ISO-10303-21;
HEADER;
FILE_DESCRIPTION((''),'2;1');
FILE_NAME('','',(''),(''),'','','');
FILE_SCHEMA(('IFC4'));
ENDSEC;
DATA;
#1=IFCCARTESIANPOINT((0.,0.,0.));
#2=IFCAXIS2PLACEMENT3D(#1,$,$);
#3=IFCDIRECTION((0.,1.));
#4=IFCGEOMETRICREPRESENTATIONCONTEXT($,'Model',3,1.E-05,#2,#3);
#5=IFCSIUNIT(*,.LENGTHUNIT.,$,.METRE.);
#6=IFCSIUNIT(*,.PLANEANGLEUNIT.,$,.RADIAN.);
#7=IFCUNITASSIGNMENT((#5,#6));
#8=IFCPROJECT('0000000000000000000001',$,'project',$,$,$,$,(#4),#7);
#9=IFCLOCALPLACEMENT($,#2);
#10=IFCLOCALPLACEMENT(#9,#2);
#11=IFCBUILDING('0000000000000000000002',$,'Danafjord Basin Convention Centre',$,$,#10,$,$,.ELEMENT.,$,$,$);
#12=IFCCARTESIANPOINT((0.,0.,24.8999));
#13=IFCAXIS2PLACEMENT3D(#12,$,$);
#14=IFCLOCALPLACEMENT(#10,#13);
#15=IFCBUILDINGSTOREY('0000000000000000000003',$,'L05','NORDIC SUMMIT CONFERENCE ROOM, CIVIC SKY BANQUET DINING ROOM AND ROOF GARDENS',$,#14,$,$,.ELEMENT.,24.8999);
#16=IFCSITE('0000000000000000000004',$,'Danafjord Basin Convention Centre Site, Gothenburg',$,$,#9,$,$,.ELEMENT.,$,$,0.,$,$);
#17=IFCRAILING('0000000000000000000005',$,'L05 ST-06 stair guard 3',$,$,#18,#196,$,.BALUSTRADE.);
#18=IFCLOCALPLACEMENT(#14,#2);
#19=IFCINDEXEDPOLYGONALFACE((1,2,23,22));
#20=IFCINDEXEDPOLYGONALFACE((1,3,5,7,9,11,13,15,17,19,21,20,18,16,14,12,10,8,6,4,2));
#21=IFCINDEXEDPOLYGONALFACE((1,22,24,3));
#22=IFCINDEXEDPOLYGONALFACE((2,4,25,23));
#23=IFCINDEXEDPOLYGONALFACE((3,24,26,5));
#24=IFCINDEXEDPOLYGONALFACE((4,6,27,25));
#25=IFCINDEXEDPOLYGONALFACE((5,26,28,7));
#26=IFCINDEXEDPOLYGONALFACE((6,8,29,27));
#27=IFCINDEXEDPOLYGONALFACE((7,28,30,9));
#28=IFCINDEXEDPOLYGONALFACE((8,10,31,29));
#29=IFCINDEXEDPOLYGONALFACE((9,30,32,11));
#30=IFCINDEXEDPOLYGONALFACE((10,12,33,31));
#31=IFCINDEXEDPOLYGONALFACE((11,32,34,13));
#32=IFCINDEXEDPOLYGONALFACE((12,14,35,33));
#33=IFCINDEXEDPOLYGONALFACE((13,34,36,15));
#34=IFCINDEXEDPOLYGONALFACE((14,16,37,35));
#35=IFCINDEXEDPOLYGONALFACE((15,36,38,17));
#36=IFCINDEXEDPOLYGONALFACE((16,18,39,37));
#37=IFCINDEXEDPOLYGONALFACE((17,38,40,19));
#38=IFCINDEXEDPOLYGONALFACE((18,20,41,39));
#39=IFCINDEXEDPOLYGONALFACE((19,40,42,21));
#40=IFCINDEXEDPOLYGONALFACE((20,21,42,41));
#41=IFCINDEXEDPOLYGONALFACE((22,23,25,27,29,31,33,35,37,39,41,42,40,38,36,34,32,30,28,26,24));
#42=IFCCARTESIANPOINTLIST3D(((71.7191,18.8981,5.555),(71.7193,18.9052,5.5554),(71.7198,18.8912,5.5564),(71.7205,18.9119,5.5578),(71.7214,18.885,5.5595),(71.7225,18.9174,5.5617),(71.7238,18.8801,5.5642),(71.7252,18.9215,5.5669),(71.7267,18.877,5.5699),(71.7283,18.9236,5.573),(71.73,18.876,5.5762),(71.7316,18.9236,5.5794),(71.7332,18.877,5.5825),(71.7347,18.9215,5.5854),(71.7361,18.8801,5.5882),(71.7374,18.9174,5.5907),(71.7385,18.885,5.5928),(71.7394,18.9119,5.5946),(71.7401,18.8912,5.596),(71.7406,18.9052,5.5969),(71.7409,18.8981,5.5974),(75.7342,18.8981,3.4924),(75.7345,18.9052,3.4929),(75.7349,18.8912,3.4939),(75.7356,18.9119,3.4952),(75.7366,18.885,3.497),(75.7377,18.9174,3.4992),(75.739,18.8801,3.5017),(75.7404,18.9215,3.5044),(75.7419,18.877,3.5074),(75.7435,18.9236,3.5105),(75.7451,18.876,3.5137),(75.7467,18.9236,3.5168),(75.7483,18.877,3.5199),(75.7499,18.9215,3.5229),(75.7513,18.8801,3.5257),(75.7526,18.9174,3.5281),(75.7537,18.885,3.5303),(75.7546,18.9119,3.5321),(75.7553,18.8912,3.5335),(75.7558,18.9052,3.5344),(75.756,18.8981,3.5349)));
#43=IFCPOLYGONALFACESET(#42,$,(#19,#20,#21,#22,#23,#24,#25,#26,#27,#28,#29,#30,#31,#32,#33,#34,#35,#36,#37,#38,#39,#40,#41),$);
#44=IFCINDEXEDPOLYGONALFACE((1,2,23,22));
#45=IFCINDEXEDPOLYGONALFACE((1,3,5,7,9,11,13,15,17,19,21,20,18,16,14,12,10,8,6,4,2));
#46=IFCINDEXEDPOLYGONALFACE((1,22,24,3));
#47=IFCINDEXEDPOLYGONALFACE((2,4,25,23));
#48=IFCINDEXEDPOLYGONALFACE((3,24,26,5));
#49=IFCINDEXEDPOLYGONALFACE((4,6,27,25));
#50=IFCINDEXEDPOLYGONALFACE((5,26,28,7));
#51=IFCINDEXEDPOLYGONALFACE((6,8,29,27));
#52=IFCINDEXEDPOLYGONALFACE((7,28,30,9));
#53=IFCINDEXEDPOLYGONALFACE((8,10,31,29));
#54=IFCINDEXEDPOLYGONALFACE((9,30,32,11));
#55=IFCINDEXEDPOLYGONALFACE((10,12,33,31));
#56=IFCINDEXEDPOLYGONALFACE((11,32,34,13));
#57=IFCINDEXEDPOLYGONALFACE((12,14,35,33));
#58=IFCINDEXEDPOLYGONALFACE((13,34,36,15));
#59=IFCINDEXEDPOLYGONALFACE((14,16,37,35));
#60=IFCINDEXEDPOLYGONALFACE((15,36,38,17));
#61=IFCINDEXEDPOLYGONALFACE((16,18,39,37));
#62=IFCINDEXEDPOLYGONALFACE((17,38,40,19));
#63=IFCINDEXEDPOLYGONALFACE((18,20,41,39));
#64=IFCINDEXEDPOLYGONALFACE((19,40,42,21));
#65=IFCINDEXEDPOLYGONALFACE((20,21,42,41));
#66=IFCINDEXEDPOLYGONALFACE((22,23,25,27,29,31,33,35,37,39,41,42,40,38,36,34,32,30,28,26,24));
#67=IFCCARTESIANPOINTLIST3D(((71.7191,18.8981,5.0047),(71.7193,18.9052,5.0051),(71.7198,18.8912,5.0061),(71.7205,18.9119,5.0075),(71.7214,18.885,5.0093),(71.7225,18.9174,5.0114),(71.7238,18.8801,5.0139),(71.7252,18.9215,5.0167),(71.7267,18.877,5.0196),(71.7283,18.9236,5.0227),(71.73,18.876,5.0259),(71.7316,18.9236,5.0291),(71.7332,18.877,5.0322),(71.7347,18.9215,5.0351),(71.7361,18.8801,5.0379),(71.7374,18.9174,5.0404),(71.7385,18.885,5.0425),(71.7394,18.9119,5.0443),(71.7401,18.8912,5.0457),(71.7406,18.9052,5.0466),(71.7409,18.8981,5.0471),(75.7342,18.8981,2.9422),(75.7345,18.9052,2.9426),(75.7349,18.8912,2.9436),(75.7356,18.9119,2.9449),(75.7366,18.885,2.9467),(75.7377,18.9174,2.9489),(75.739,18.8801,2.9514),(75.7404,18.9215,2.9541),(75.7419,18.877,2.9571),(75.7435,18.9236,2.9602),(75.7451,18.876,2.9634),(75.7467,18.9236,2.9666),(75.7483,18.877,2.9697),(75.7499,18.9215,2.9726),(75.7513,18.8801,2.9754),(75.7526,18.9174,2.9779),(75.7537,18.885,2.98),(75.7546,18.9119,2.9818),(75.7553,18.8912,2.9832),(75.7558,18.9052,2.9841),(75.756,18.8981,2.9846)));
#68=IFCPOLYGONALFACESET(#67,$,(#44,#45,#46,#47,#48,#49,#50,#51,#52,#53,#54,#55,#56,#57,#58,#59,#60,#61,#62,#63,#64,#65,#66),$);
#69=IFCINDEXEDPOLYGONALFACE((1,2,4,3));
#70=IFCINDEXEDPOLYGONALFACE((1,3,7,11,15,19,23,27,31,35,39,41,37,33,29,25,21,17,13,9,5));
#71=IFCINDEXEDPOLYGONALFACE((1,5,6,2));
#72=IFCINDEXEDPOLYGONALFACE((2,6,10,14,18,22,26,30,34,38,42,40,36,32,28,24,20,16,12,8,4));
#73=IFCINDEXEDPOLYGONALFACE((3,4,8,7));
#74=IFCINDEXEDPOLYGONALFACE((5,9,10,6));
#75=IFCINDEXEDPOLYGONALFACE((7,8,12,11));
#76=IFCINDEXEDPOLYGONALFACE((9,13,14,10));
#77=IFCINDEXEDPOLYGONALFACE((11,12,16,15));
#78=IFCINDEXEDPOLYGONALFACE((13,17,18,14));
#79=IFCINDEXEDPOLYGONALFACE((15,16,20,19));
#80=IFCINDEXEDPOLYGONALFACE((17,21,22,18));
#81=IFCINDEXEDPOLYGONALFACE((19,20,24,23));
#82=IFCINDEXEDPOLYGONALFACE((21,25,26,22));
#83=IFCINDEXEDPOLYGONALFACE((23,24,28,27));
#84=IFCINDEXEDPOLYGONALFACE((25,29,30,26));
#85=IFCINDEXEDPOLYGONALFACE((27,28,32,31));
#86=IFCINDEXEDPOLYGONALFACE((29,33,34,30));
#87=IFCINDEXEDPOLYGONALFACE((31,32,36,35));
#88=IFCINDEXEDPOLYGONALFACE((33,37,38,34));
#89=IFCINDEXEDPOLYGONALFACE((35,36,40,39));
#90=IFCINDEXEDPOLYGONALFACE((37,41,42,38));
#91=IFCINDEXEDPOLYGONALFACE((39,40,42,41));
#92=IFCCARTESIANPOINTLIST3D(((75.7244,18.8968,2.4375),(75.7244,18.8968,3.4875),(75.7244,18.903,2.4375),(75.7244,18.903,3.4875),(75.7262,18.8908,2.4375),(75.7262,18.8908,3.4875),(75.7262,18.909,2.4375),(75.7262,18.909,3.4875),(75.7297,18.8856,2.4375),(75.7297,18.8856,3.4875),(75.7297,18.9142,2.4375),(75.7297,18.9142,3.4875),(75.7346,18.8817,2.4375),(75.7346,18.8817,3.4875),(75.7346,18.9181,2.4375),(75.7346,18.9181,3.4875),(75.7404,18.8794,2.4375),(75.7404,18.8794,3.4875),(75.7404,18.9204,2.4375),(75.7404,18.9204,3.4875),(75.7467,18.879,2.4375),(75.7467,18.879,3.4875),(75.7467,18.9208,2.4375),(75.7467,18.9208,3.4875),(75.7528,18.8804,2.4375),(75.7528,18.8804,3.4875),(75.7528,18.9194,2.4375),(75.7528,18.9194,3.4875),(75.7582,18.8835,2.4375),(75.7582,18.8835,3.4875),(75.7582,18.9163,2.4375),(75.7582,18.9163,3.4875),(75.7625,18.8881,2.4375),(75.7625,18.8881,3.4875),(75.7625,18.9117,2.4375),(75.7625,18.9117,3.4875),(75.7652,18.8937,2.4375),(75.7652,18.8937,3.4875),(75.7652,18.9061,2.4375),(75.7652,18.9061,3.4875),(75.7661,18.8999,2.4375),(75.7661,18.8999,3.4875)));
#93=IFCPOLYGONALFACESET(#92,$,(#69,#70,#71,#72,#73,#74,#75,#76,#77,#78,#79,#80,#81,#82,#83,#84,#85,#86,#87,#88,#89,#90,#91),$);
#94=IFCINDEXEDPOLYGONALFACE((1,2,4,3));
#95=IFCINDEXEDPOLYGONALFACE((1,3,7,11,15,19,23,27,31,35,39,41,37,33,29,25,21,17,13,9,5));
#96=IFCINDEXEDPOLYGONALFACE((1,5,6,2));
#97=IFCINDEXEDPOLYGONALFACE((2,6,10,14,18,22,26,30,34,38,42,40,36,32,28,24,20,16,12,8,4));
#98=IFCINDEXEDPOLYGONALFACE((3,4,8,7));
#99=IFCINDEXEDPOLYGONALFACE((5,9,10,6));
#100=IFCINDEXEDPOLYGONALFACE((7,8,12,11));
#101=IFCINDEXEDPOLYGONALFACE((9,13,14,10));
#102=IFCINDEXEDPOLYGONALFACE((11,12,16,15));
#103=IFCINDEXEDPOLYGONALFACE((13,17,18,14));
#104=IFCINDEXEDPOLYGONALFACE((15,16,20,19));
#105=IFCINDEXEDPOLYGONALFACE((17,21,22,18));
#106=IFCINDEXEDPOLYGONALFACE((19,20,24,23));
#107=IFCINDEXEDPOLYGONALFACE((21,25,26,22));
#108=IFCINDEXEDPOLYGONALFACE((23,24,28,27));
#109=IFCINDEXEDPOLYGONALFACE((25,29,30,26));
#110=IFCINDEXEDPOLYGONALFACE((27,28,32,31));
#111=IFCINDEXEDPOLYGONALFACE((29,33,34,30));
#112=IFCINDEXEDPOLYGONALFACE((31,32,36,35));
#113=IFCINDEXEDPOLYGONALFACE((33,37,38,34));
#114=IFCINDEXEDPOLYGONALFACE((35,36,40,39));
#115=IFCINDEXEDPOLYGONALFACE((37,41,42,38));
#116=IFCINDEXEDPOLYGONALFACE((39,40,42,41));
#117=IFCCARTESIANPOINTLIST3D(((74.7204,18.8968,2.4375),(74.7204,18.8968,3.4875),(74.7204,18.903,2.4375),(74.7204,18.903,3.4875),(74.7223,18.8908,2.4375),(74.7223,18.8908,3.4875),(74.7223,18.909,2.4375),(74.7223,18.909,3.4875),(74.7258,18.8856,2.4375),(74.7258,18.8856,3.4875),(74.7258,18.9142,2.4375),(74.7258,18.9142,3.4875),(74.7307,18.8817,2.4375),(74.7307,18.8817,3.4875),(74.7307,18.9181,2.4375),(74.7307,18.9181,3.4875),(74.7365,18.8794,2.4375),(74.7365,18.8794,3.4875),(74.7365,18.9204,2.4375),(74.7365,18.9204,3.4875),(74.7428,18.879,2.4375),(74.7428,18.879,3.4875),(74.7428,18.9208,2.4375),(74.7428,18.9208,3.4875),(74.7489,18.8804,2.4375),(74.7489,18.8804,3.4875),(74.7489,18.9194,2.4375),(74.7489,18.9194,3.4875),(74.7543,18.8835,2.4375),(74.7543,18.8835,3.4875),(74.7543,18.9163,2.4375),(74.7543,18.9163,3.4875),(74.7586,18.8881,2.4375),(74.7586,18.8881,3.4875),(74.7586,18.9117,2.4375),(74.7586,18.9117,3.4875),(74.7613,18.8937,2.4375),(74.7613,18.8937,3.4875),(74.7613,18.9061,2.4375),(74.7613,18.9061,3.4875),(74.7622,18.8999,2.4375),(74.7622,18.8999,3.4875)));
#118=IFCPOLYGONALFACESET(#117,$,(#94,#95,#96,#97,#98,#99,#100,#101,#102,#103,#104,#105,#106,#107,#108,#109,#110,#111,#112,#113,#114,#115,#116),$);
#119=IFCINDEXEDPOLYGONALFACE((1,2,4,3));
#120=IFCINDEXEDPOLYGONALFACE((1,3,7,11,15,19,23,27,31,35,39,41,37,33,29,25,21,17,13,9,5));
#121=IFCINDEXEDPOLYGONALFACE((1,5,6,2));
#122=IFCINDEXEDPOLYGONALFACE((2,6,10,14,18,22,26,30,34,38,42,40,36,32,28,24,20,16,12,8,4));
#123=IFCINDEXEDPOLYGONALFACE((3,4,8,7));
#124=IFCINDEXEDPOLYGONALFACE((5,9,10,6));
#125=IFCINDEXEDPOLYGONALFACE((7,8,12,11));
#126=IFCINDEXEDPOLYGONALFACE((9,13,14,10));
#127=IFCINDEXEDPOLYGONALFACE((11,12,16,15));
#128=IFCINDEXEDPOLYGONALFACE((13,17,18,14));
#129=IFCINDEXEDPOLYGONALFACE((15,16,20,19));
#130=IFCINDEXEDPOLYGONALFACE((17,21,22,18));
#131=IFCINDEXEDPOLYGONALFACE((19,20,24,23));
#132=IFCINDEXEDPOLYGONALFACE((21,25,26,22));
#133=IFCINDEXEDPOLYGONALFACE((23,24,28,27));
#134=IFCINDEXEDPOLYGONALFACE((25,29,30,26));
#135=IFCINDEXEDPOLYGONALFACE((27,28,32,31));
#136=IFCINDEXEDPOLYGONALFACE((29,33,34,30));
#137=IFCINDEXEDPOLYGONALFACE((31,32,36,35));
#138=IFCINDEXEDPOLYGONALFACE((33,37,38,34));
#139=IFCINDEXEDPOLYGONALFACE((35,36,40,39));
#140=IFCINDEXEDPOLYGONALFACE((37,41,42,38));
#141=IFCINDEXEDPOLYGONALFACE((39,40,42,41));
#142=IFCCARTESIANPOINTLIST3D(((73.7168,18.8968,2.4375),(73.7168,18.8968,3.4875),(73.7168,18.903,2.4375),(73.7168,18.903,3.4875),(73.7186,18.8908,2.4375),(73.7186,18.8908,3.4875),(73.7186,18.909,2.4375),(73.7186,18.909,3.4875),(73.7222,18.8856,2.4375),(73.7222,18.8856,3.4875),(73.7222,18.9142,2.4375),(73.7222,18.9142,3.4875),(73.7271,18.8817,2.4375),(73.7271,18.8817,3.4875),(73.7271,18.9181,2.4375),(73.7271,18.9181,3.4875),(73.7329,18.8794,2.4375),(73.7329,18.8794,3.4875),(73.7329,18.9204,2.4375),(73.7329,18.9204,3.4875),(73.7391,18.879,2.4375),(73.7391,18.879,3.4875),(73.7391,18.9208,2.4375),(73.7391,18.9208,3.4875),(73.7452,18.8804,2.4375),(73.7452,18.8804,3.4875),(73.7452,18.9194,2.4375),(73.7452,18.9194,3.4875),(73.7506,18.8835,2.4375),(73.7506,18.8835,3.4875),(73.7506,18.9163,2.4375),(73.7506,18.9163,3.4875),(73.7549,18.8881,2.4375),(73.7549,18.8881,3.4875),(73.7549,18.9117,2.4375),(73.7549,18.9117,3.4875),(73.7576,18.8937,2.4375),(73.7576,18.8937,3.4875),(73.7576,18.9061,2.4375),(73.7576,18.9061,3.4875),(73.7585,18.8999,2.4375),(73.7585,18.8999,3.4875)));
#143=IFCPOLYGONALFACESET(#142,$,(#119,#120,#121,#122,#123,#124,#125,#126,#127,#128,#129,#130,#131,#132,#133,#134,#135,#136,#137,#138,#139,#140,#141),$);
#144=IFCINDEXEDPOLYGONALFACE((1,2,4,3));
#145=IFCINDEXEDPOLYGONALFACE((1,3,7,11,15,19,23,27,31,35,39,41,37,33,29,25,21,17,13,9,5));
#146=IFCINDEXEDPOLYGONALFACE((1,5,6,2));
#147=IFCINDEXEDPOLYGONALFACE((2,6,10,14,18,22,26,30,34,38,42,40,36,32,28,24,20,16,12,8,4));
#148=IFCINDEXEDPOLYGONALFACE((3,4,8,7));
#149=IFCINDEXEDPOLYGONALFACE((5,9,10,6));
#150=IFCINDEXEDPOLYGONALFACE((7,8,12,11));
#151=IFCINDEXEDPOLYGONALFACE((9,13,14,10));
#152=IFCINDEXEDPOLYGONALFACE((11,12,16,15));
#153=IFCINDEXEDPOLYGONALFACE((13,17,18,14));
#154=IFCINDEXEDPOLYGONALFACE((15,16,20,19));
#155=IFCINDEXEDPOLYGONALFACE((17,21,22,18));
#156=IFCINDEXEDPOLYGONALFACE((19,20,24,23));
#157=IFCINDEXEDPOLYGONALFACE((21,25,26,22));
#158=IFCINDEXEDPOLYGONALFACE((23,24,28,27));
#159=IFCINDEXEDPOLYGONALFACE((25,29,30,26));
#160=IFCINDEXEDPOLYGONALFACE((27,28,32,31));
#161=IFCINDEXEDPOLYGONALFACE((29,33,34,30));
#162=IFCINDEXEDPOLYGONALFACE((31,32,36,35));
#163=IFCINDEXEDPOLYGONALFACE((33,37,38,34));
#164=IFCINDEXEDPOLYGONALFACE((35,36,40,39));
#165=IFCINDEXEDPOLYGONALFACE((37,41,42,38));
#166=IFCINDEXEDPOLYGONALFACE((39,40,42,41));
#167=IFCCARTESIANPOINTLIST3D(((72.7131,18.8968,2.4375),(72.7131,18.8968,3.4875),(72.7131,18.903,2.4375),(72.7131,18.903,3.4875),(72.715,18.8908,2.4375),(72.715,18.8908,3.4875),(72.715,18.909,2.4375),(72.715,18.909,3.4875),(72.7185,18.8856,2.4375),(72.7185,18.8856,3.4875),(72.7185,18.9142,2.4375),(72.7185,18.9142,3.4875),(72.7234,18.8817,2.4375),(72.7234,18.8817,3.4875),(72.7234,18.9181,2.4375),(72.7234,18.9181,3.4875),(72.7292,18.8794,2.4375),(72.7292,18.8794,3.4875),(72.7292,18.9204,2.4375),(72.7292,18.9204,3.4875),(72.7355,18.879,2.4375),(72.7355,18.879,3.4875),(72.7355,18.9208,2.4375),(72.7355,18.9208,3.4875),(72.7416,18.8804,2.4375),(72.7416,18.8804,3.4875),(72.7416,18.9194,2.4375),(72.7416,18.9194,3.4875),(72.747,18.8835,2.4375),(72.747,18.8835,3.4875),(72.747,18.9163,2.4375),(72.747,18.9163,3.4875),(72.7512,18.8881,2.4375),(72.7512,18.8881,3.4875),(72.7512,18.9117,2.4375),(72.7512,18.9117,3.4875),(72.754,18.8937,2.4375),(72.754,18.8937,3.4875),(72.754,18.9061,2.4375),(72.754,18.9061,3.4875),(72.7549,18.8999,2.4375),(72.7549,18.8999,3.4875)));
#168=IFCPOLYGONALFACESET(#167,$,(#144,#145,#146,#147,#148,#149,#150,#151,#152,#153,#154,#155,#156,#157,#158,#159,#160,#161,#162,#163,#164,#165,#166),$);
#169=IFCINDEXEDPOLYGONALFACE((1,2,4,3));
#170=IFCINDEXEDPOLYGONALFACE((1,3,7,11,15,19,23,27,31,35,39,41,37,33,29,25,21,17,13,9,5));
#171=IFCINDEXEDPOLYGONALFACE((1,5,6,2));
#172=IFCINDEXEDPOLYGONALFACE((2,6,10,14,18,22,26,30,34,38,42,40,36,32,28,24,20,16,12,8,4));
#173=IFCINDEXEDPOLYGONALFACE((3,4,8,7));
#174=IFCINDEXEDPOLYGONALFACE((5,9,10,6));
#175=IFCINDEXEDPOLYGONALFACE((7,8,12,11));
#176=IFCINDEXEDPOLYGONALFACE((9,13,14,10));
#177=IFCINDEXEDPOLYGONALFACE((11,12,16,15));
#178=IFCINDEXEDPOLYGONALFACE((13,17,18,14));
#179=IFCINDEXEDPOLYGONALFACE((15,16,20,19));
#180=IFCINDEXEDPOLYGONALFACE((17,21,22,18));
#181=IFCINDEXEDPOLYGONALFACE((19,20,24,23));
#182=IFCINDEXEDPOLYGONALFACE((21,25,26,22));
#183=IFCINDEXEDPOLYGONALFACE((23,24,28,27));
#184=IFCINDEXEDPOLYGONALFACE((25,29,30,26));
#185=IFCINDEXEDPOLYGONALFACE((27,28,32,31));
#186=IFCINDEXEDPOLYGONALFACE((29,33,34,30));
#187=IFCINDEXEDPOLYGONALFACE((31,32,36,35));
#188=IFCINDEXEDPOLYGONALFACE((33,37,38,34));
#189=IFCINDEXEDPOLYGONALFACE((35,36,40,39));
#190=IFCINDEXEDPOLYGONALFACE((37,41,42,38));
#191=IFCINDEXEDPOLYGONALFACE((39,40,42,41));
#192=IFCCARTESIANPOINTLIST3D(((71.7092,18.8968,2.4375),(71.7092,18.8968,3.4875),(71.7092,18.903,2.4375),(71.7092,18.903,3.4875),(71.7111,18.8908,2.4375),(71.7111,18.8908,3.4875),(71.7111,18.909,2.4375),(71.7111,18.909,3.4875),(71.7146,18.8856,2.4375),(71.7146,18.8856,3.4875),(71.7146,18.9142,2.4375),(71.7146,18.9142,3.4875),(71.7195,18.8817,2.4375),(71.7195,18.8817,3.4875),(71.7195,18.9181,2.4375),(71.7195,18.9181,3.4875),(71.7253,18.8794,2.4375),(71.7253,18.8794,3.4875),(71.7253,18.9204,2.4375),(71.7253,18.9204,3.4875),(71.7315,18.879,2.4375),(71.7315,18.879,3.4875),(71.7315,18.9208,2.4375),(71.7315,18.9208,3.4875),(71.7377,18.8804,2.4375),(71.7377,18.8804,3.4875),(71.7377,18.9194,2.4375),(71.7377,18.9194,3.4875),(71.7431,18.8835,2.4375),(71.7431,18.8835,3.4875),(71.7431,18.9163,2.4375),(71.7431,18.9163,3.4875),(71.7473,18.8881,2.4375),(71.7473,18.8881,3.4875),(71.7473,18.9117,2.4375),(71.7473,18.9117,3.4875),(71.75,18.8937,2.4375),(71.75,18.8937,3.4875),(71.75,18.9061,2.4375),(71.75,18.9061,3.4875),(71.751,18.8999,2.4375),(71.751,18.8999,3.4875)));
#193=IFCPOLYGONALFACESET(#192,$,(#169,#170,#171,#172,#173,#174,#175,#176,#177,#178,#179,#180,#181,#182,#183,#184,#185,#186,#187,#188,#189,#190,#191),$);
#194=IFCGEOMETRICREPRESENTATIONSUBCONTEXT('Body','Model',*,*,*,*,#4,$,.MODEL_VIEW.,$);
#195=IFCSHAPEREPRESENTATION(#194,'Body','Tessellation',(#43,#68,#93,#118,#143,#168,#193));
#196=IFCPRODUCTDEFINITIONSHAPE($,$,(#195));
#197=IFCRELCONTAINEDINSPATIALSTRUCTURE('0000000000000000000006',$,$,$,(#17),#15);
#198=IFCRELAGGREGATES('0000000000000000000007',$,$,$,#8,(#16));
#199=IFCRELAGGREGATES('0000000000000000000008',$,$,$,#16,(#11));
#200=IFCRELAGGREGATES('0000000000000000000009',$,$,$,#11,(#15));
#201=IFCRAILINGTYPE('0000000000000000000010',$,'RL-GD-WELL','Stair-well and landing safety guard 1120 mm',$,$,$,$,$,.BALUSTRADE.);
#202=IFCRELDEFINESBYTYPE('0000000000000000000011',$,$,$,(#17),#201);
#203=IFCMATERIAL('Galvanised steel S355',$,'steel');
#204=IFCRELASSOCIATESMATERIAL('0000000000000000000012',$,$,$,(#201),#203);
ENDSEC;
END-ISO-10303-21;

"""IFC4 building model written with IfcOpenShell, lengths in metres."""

from ifc_helpers import new_model, si_unit, direction, frame, origin, origin_2d, place, context, subcontext, project, spatial, circle, extrude, material, type_object, element, save


model = new_model("IFC4")

# Units and contexts
model_context = context("Model", 3, precision=1e-05, world=origin(), true_north=direction((0.0, 1.0)))
body_context = subcontext(model_context, "Body", "Model", "MODEL_VIEW")
ifc_project = project(units=[si_unit("LENGTHUNIT", "METRE"), si_unit("PLANEANGLEUNIT", "RADIAN")], contexts=[model_context])

# Site, building, storey
site_placement = place(None, origin())
site = spatial("IfcSite", under=ifc_project, at=site_placement, Name="Danafjord Basin Convention Centre Site, Gothenburg", CompositionType="ELEMENT", RefElevation=0.0)
building_placement = place(site_placement, origin())
building = spatial("IfcBuilding", under=site, at=building_placement, Name="Danafjord Basin Convention Centre", CompositionType="ELEMENT")
storey_placement = place(building_placement, frame((0.0, 0.0, 24.8999)))
storey = spatial("IfcBuildingStorey", under=building, at=storey_placement, Name="L05", Description="NORDIC SUMMIT CONFERENCE ROOM, CIVIC SKY BANQUET DINING ROOM AND ROOF GARDENS", CompositionType="ELEMENT", Elevation=24.8999)

# Railing
ifc_material_1 = material(Name="Galvanised steel S355", Category="steel")
railing_type_1 = type_object("IfcRailingType", Name="RL-GD-WELL", Description="Stair-well and landing safety guard 1120 mm", PredefinedType="BALUSTRADE", material=ifc_material_1)
railing_1_placement = place(storey_placement, frame((75.7451, 18.8999, 2.4375)))
element("IfcRailing", 1, at=railing_1_placement, inside=storey, type_object=railing_type_1, Name="L05 ST-06 stair guard 3", PredefinedType="BALUSTRADE", context=body_context, shape_type="SweptSolid", body=[
    extrude(circle(Radius=0.0239, at=origin_2d()), frame((0.0, 0.0, 1.0762), z_axis=(-0.889506, 0.0, 0.456923), x_axis=(0.0, -1.0, 0.0)), (0.0, 0.0, 1.0), 4.5139),
    extrude(circle(Radius=0.0239, at=origin_2d()), frame((0.0, 0.0, 0.5259), z_axis=(-0.889506, 0.0, 0.456923), x_axis=(0.0, -1.0, 0.0)), (0.0, 0.0, 1.0), 4.5139),
    extrude(circle(Radius=0.021, at=origin_2d()), origin(), (0.0, 0.0, 1.0), 1.05),
    extrude(circle(Radius=0.021, at=origin_2d()), frame((-1.0039, 0.0, 0.0)), (0.0, 0.0, 1.0), 1.05),
    extrude(circle(Radius=0.021, at=origin_2d()), frame((-2.0076, 0.0, 0.0)), (0.0, 0.0, 1.0), 1.05),
    extrude(circle(Radius=0.021, at=origin_2d()), frame((-3.0112, 0.0, 0.0)), (0.0, 0.0, 1.0), 1.05),
    extrude(circle(Radius=0.021, at=origin_2d()), frame((-4.0151, 0.0, 0.0)), (0.0, 0.0, 1.0), 1.05),
])

save(model, "model.ifc")
